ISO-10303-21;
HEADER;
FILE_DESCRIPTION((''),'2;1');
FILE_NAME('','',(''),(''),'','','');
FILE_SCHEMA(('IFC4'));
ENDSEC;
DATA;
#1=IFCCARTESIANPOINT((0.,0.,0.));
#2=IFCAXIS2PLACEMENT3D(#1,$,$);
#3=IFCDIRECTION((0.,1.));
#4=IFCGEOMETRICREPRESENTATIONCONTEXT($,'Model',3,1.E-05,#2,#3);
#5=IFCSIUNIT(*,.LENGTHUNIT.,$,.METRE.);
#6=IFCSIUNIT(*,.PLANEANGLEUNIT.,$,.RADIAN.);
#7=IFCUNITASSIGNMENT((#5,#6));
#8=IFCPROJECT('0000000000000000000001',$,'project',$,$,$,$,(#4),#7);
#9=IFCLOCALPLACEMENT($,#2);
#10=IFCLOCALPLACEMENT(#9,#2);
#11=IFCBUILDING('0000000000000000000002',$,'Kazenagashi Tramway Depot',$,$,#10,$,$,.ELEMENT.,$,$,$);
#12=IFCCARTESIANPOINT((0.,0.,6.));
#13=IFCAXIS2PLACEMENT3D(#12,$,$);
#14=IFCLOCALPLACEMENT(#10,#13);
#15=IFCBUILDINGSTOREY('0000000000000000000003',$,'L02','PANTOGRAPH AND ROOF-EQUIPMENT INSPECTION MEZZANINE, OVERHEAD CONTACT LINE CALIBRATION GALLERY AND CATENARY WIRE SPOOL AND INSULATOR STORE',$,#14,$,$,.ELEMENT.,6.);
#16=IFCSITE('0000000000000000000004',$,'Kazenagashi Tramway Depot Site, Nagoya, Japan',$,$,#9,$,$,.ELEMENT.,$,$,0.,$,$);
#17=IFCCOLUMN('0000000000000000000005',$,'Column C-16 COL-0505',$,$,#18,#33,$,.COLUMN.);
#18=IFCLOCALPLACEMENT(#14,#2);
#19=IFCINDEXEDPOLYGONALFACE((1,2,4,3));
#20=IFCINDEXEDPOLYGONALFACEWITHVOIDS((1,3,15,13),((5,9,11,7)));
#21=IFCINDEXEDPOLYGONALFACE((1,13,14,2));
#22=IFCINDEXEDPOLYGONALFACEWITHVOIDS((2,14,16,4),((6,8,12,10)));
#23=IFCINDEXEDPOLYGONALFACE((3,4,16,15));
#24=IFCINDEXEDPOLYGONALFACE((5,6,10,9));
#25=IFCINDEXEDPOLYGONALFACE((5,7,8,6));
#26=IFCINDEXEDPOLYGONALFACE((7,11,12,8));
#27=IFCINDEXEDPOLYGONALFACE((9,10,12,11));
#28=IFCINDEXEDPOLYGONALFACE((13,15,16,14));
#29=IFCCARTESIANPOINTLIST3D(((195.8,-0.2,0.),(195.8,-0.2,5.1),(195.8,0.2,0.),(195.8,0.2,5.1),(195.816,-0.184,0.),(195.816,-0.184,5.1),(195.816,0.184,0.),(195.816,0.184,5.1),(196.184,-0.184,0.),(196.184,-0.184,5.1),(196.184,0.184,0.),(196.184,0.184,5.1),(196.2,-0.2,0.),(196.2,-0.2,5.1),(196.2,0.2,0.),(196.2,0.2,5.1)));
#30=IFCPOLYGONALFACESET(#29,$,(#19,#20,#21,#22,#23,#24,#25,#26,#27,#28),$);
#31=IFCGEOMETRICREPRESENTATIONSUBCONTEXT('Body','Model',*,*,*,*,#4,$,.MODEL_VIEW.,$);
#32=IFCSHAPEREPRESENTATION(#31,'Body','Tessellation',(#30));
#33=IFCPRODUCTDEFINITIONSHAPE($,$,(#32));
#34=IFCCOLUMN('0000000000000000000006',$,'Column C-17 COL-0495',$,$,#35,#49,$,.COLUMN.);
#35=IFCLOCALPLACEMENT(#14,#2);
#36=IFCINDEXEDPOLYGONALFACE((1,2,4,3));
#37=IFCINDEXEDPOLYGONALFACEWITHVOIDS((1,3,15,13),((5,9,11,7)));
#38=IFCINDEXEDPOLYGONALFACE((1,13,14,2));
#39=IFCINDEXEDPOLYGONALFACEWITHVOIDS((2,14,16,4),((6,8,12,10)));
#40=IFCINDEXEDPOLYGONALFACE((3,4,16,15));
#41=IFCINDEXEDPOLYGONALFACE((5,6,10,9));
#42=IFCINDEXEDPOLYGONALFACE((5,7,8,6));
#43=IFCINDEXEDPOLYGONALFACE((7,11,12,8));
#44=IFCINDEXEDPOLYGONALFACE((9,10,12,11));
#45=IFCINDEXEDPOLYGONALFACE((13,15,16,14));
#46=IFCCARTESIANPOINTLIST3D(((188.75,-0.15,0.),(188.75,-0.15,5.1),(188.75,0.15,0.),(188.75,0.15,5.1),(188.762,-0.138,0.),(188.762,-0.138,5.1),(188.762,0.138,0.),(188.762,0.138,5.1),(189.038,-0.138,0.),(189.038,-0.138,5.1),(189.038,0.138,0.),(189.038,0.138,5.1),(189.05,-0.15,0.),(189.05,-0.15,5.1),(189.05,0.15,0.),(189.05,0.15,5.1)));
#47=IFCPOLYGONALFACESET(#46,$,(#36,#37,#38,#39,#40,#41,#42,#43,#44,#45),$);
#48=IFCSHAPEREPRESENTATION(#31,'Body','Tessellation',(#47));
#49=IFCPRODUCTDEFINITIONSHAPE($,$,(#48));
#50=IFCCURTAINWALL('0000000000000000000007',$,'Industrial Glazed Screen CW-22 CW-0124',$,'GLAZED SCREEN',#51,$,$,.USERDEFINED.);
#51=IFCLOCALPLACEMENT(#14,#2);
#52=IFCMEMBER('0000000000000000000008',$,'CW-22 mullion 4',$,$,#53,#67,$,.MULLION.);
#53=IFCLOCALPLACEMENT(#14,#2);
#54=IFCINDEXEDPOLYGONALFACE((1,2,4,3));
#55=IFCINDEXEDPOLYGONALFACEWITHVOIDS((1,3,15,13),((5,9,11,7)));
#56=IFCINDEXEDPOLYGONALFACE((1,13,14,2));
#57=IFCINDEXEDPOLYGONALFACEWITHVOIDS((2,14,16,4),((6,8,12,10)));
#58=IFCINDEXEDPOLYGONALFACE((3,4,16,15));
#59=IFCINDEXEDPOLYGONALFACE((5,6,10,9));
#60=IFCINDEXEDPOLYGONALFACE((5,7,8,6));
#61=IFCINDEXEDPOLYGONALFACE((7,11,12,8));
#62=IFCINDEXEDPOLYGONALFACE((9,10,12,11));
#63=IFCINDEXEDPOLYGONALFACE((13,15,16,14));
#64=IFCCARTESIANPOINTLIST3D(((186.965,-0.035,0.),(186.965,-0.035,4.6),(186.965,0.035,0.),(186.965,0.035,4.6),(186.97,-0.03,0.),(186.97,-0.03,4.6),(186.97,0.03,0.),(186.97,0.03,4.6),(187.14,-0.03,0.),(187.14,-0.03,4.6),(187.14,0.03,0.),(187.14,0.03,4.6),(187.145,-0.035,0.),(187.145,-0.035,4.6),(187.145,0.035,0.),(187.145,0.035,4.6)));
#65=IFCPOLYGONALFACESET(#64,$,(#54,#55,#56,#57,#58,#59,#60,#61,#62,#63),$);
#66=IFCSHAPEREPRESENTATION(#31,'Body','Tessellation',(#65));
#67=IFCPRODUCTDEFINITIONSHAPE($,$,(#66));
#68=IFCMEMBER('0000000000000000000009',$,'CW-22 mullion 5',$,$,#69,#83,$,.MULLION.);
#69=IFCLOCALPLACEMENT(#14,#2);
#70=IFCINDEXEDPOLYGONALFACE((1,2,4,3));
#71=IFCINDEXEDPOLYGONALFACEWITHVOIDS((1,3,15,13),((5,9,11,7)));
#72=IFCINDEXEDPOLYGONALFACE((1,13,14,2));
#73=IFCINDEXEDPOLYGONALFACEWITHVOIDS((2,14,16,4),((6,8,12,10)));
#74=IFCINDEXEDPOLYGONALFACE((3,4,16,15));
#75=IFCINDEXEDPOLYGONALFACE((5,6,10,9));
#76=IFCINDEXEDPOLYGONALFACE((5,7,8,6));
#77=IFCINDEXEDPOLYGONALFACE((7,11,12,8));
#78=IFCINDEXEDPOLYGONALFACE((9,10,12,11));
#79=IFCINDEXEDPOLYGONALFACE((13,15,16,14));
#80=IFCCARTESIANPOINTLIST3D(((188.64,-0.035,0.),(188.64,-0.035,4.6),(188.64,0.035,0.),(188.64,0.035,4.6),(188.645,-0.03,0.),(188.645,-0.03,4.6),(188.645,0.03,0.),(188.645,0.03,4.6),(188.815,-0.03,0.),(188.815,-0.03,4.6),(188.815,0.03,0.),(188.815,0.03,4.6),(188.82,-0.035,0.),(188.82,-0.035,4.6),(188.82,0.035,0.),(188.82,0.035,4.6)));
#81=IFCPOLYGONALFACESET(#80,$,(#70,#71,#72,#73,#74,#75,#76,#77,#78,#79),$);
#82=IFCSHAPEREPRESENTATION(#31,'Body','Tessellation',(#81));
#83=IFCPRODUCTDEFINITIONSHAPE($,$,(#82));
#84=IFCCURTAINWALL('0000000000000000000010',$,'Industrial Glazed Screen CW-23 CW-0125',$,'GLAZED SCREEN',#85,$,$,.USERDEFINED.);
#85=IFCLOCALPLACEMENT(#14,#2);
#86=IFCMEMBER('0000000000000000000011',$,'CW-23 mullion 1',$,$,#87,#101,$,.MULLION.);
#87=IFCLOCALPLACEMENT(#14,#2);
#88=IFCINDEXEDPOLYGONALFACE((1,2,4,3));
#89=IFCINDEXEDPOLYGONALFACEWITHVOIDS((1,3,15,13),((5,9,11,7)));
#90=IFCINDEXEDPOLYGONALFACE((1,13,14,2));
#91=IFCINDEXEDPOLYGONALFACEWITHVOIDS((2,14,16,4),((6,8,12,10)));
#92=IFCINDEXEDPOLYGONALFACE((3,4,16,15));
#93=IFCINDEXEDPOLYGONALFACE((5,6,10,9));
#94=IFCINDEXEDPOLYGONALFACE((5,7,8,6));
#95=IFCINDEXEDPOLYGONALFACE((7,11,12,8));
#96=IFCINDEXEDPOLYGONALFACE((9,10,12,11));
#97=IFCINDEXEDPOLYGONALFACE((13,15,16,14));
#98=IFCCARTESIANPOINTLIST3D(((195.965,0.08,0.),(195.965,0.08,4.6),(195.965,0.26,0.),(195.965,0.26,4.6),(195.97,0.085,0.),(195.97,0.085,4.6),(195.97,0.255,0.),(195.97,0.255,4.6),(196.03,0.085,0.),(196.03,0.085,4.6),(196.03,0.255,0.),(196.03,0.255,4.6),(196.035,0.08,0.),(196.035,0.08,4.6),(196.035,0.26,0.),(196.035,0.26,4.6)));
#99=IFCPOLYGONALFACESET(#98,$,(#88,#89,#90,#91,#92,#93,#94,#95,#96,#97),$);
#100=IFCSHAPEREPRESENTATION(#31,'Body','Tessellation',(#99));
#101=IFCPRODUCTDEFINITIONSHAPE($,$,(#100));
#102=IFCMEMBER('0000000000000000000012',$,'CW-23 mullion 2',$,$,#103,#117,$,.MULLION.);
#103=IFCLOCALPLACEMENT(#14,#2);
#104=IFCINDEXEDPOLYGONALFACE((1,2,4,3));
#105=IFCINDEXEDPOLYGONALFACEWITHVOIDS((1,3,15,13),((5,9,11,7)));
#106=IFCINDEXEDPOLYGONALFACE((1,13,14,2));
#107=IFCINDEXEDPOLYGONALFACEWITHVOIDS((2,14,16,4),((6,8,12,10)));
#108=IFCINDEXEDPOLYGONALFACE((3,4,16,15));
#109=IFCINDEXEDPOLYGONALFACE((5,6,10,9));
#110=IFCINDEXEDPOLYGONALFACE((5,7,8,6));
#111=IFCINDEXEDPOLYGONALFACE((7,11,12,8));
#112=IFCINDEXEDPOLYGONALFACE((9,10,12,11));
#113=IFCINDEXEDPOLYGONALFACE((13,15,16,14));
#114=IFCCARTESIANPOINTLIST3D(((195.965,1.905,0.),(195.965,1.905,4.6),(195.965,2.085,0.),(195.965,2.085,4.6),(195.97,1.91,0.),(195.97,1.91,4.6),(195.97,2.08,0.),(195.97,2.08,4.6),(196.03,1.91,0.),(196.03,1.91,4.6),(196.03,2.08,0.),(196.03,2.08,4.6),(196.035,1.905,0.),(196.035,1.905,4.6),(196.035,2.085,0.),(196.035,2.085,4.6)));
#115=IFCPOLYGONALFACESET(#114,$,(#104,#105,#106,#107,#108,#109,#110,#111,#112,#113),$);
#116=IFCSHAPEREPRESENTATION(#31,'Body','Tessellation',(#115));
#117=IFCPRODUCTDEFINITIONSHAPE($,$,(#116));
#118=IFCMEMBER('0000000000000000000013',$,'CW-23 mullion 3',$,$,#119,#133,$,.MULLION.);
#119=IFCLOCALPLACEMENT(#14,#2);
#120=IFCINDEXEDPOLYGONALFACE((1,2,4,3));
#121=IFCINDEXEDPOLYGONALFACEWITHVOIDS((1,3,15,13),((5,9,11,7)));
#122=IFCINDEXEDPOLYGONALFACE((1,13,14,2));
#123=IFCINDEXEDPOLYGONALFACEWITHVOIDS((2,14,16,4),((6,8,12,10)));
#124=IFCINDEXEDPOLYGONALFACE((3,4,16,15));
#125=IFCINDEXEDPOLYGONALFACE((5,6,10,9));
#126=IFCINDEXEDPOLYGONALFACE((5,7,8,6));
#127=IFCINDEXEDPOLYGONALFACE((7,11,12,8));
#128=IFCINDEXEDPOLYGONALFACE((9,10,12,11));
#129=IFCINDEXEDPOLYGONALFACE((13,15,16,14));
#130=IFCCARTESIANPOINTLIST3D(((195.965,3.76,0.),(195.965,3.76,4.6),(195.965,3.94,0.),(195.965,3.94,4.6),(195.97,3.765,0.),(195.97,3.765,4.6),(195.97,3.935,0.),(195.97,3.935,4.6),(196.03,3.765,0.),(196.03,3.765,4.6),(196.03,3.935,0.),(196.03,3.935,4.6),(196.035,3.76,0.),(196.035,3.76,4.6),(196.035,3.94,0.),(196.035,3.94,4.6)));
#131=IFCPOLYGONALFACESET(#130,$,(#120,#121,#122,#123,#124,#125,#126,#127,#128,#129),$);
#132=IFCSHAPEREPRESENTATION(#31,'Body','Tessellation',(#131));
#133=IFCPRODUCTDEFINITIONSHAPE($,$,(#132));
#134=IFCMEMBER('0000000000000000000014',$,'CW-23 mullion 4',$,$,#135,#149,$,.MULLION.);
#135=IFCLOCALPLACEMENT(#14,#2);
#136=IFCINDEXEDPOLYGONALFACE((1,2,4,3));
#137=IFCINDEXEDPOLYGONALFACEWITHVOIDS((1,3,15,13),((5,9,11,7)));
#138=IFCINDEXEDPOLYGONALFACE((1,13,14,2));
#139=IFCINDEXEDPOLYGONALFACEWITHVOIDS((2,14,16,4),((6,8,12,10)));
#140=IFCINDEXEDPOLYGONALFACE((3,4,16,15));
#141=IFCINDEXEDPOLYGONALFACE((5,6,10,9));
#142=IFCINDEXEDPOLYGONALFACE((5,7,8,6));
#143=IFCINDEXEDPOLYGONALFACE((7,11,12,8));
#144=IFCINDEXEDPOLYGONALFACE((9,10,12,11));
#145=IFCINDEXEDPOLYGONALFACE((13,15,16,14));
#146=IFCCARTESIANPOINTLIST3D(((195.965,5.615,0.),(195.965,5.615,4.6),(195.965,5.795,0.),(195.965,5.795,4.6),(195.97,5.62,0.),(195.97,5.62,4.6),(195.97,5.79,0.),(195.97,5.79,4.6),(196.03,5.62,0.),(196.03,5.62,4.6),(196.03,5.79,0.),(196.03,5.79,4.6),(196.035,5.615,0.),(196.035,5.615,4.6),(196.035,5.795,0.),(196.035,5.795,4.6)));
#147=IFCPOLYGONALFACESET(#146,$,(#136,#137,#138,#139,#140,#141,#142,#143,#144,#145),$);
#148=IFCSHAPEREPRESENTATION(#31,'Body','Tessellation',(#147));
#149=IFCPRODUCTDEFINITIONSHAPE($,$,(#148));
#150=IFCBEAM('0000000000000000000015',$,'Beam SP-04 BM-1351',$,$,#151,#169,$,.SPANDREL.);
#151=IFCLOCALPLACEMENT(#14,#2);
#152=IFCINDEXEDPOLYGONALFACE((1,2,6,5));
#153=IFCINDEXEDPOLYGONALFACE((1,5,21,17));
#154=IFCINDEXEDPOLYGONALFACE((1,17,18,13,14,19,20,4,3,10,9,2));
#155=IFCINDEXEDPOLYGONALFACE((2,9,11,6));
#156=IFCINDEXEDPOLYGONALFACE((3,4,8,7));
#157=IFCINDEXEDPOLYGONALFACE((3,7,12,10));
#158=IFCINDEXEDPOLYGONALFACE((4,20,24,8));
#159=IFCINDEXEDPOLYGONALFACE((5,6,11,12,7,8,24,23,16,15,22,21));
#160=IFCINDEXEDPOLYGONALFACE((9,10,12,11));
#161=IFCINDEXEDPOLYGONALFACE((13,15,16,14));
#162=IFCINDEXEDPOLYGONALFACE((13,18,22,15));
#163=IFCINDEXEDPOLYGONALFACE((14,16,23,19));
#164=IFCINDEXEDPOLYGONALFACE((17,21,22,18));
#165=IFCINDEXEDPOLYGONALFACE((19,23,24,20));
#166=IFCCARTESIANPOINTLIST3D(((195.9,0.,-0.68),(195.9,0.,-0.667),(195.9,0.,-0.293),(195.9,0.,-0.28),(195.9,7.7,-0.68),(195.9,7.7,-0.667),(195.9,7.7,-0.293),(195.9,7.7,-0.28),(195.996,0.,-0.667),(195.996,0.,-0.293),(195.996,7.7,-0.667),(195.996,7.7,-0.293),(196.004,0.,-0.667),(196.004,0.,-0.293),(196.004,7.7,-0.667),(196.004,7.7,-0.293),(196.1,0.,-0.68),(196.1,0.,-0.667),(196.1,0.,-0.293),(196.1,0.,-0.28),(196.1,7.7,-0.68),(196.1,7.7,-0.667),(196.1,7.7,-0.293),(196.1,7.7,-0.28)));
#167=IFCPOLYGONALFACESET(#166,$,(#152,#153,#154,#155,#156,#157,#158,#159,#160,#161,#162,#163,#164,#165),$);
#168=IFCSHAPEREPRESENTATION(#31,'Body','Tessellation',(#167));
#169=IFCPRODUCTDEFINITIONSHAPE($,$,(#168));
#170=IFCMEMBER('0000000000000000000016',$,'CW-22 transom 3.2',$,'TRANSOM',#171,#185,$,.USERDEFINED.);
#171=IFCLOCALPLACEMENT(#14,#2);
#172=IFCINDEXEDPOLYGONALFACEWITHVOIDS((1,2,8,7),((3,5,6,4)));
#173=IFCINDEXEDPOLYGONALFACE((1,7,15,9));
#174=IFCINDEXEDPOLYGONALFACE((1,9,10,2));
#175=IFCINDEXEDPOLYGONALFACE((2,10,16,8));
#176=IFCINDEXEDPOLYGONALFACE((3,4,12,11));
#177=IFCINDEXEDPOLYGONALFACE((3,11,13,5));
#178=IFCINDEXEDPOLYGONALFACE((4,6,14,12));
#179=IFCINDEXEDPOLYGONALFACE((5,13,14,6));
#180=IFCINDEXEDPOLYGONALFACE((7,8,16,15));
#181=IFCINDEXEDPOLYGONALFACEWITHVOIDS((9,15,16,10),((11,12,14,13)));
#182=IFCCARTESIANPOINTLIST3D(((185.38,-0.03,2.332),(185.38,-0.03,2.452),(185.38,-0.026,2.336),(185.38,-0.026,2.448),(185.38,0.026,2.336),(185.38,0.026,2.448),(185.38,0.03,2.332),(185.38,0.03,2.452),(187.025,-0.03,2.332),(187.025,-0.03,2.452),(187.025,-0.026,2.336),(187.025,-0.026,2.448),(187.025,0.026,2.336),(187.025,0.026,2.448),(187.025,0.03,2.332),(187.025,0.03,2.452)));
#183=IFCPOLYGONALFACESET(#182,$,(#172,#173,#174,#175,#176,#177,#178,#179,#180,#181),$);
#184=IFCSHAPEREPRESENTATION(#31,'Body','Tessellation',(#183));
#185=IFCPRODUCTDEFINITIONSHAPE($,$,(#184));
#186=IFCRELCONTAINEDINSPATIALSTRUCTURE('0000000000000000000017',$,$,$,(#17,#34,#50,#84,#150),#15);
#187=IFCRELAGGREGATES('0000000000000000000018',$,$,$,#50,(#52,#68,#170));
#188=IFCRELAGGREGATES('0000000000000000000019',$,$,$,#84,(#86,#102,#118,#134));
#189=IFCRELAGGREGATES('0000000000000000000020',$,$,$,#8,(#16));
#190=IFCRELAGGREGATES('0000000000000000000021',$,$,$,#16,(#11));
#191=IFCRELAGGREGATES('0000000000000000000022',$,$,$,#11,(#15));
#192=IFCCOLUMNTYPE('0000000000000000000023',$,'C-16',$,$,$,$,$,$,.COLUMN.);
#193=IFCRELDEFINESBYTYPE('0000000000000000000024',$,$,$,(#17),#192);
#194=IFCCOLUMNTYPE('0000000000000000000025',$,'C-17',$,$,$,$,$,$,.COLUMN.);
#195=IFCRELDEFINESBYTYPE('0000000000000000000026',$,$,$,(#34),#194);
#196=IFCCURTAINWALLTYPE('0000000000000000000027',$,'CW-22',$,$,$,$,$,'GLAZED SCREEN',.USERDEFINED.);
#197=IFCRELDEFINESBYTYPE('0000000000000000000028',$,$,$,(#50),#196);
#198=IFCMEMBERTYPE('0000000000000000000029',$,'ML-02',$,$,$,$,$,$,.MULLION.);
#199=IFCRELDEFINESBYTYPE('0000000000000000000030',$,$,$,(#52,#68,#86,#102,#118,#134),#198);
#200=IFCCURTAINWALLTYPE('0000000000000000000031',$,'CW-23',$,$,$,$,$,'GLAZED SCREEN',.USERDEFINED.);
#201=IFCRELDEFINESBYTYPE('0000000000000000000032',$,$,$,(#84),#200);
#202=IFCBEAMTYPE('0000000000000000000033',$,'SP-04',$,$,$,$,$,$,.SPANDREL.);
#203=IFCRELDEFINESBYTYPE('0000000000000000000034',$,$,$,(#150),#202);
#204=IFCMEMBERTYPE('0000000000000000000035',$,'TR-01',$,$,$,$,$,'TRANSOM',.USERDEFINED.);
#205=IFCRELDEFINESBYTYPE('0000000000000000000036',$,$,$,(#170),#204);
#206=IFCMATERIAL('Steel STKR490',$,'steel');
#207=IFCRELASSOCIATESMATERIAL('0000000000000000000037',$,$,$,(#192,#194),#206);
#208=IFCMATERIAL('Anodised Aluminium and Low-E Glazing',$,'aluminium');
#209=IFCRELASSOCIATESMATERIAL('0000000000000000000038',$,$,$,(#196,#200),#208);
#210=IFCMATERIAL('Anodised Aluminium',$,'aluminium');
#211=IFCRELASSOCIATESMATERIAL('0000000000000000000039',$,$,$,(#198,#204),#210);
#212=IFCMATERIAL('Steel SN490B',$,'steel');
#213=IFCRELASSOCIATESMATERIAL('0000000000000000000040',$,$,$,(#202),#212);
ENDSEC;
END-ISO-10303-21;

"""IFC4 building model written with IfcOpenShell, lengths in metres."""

from ifc_helpers import new_model, si_unit, direction, frame, origin, origin_2d, place, context, subcontext, project, spatial, hollow_rectangle, i_section, extrude, material, material_profile, profile_set, type_object, element, aggregate, save


model = new_model("IFC4")

# Units and contexts
model_context = context("Model", 3, precision=1e-05, world=origin(), true_north=direction((0.0, 1.0)))
body_context = subcontext(model_context, "Body", "Model", "MODEL_VIEW")
ifc_project = project(units=[si_unit("LENGTHUNIT", "METRE"), si_unit("PLANEANGLEUNIT", "RADIAN")], contexts=[model_context])

# Site, building, storey
site_placement = place(None, origin())
site = spatial("IfcSite", under=ifc_project, at=site_placement, Name="Kazenagashi Tramway Depot Site, Nagoya, Japan", CompositionType="ELEMENT", RefElevation=0.0)
building_placement = place(site_placement, origin())
building = spatial("IfcBuilding", under=site, at=building_placement, Name="Kazenagashi Tramway Depot", CompositionType="ELEMENT")
storey_placement = place(building_placement, frame((0.0, 0.0, 6.0)))
storey = spatial("IfcBuildingStorey", under=building, at=storey_placement, Name="L02", Description="PANTOGRAPH AND ROOF-EQUIPMENT INSPECTION MEZZANINE, OVERHEAD CONTACT LINE CALIBRATION GALLERY AND CATENARY WIRE SPOOL AND INSULATOR STORE", CompositionType="ELEMENT", Elevation=6.0)

# Columns
ifc_material_1 = material(Name="Steel STKR490", Category="steel")
ifc_material_profile_1 = material_profile(ifc_material_1, hollow_rectangle(XDim=0.4, YDim=0.4, WallThickness=0.016, at=origin_2d()), Name="SHS-400x400x16")
ifc_profile_set_1 = profile_set([ifc_material_profile_1], Name="Steel STKR490")
column_type_1 = type_object("IfcColumnType", Name="C-16", PredefinedType="COLUMN", material=ifc_profile_set_1)
column_1_placement = place(storey_placement, frame((196.0, 0.0, 0.0), z_axis=(0.0, 0.0, 1.0), x_axis=(1.0, 0.0, 0.0)))
element("IfcColumn", 1, at=column_1_placement, inside=storey, type_object=column_type_1, Name="Column C-16 COL-0505", PredefinedType="COLUMN", context=body_context, shape_type="SweptSolid", body=[
    extrude(hollow_rectangle(XDim=0.4, YDim=0.4, WallThickness=0.016, at=origin_2d()), origin(), (0.0, 0.0, 1.0), 5.1),
])
ifc_material_profile_2 = material_profile(ifc_material_1, hollow_rectangle(XDim=0.3, YDim=0.3, WallThickness=0.012, at=origin_2d()), Name="SHS-300x300x12")
ifc_profile_set_2 = profile_set([ifc_material_profile_2], Name="Steel STKR490")
column_type_2 = type_object("IfcColumnType", Name="C-17", PredefinedType="COLUMN", material=ifc_profile_set_2)
column_2_placement = place(storey_placement, frame((188.9, 0.0, 0.0), z_axis=(0.0, 0.0, 1.0), x_axis=(1.0, 0.0, 0.0)))
element("IfcColumn", 2, at=column_2_placement, inside=storey, type_object=column_type_2, Name="Column C-17 COL-0495", PredefinedType="COLUMN", context=body_context, shape_type="SweptSolid", body=[
    extrude(hollow_rectangle(XDim=0.3, YDim=0.3, WallThickness=0.012, at=origin_2d()), origin(), (0.0, 0.0, 1.0), 5.1),
])

# Curtain walls, members
ifc_material_2 = material(Name="Anodised Aluminium and Low-E Glazing", Category="aluminium")
curtain_wall_type_1 = type_object("IfcCurtainWallType", Name="CW-22", ElementType="GLAZED SCREEN", PredefinedType="USERDEFINED", material=ifc_material_2)
curtain_wall_1_placement = place(storey_placement, origin())
curtain_wall_1 = element("IfcCurtainWall", 3, at=curtain_wall_1_placement, inside=storey, type_object=curtain_wall_type_1, Name="Industrial Glazed Screen CW-22 CW-0124", ObjectType="GLAZED SCREEN", PredefinedType="USERDEFINED")
ifc_material_3 = material(Name="Anodised Aluminium", Category="aluminium")
ifc_material_profile_3 = material_profile(ifc_material_3, hollow_rectangle(XDim=0.07, YDim=0.18, WallThickness=0.005, at=origin_2d()), Name="RHS-180x70x5")
ifc_profile_set_3 = profile_set([ifc_material_profile_3], Name="Anodised Aluminium")
member_type_1 = type_object("IfcMemberType", Name="ML-02", PredefinedType="MULLION", material=ifc_profile_set_3)
member_1_placement = place(storey_placement, frame((187.055, 0.0, 0.0), z_axis=(0.0, 0.0, 1.0), x_axis=(0.0, 1.0, 0.0)))
member_1 = element("IfcMember", 4, at=member_1_placement, type_object=member_type_1, Name="CW-22 mullion 4", PredefinedType="MULLION", context=body_context, shape_type="SweptSolid", body=[
    extrude(hollow_rectangle(XDim=0.07, YDim=0.18, WallThickness=0.005, at=origin_2d()), origin(), (0.0, 0.0, 1.0), 4.6),
])
member_2_placement = place(storey_placement, frame((188.73, 0.0, 0.0), z_axis=(0.0, 0.0, 1.0), x_axis=(0.0, 1.0, 0.0)))
member_2 = element("IfcMember", 5, at=member_2_placement, type_object=member_type_1, Name="CW-22 mullion 5", PredefinedType="MULLION", context=body_context, shape_type="SweptSolid", body=[
    extrude(hollow_rectangle(XDim=0.07, YDim=0.18, WallThickness=0.005, at=origin_2d()), origin(), (0.0, 0.0, 1.0), 4.6),
])
curtain_wall_type_2 = type_object("IfcCurtainWallType", Name="CW-23", ElementType="GLAZED SCREEN", PredefinedType="USERDEFINED", material=ifc_material_2)
curtain_wall_2_placement = place(storey_placement, origin())
curtain_wall_2 = element("IfcCurtainWall", 6, at=curtain_wall_2_placement, inside=storey, type_object=curtain_wall_type_2, Name="Industrial Glazed Screen CW-23 CW-0125", ObjectType="GLAZED SCREEN", PredefinedType="USERDEFINED")
member_3_placement = place(storey_placement, frame((196.0, 0.17, 0.0), z_axis=(0.0, 0.0, 1.0), x_axis=(-1.0, 0.0, 0.0)))
member_3 = element("IfcMember", 7, at=member_3_placement, type_object=member_type_1, Name="CW-23 mullion 1", PredefinedType="MULLION", context=body_context, shape_type="SweptSolid", body=[
    extrude(hollow_rectangle(XDim=0.07, YDim=0.18, WallThickness=0.005, at=origin_2d()), origin(), (0.0, 0.0, 1.0), 4.6),
])
member_4_placement = place(storey_placement, frame((196.0, 1.995, 0.0), z_axis=(0.0, 0.0, 1.0), x_axis=(-1.0, 0.0, 0.0)))
member_4 = element("IfcMember", 8, at=member_4_placement, type_object=member_type_1, Name="CW-23 mullion 2", PredefinedType="MULLION", context=body_context, shape_type="SweptSolid", body=[
    extrude(hollow_rectangle(XDim=0.07, YDim=0.18, WallThickness=0.005, at=origin_2d()), origin(), (0.0, 0.0, 1.0), 4.6),
])
member_5_placement = place(storey_placement, frame((196.0, 3.85, 0.0), z_axis=(0.0, 0.0, 1.0), x_axis=(-1.0, 0.0, 0.0)))
member_5 = element("IfcMember", 9, at=member_5_placement, type_object=member_type_1, Name="CW-23 mullion 3", PredefinedType="MULLION", context=body_context, shape_type="SweptSolid", body=[
    extrude(hollow_rectangle(XDim=0.07, YDim=0.18, WallThickness=0.005, at=origin_2d()), origin(), (0.0, 0.0, 1.0), 4.6),
])
member_6_placement = place(storey_placement, frame((196.0, 5.705, 0.0), z_axis=(0.0, 0.0, 1.0), x_axis=(-1.0, 0.0, 0.0)))
member_6 = element("IfcMember", 10, at=member_6_placement, type_object=member_type_1, Name="CW-23 mullion 4", PredefinedType="MULLION", context=body_context, shape_type="SweptSolid", body=[
    extrude(hollow_rectangle(XDim=0.07, YDim=0.18, WallThickness=0.005, at=origin_2d()), origin(), (0.0, 0.0, 1.0), 4.6),
])

# Beam
ifc_material_4 = material(Name="Steel SN490B", Category="steel")
ifc_material_profile_4 = material_profile(ifc_material_4, i_section(OverallWidth=0.2, OverallDepth=0.4, WebThickness=0.008, FlangeThickness=0.013, at=origin_2d()), Name="H-400x200x8x13")
ifc_profile_set_4 = profile_set([ifc_material_profile_4], Name="Steel SN490B")
beam_type = type_object("IfcBeamType", Name="SP-04", PredefinedType="SPANDREL", material=ifc_profile_set_4)
beam_placement = place(storey_placement, frame((196.0, 0.0, -0.48), z_axis=(0.0, 1.0, 0.0), x_axis=(-1.0, 0.0, 0.0)))
element("IfcBeam", 11, at=beam_placement, inside=storey, type_object=beam_type, Name="Beam SP-04 BM-1351", PredefinedType="SPANDREL", context=body_context, shape_type="SweptSolid", body=[
    extrude(i_section(OverallWidth=0.2, OverallDepth=0.4, WebThickness=0.008, FlangeThickness=0.013, at=origin_2d()), origin(), (0.0, 0.0, 1.0), 7.7),
])

# Member
ifc_material_profile_5 = material_profile(ifc_material_3, hollow_rectangle(XDim=0.06, YDim=0.12, WallThickness=0.004, at=origin_2d()), Name="RHS-120x60x4")
ifc_profile_set_5 = profile_set([ifc_material_profile_5], Name="Anodised Aluminium")
member_type_2 = type_object("IfcMemberType", Name="TR-01", ElementType="TRANSOM", PredefinedType="USERDEFINED", material=ifc_profile_set_5)
member_7_placement = place(storey_placement, frame((185.38, 0.0, 2.392), z_axis=(1.0, 0.0, 0.0), x_axis=(0.0, 1.0, 0.0)))
member_7 = element("IfcMember", 12, at=member_7_placement, type_object=member_type_2, Name="CW-22 transom 3.2", ObjectType="TRANSOM", PredefinedType="USERDEFINED", context=body_context, shape_type="SweptSolid", body=[
    extrude(hollow_rectangle(XDim=0.06, YDim=0.12, WallThickness=0.004, at=origin_2d()), origin(), (0.0, 0.0, 1.0), 1.645),
])

aggregate(curtain_wall_1, [member_1, member_2, member_7])
aggregate(curtain_wall_2, [member_3, member_4, member_5, member_6])

save(model, "model.ifc")
